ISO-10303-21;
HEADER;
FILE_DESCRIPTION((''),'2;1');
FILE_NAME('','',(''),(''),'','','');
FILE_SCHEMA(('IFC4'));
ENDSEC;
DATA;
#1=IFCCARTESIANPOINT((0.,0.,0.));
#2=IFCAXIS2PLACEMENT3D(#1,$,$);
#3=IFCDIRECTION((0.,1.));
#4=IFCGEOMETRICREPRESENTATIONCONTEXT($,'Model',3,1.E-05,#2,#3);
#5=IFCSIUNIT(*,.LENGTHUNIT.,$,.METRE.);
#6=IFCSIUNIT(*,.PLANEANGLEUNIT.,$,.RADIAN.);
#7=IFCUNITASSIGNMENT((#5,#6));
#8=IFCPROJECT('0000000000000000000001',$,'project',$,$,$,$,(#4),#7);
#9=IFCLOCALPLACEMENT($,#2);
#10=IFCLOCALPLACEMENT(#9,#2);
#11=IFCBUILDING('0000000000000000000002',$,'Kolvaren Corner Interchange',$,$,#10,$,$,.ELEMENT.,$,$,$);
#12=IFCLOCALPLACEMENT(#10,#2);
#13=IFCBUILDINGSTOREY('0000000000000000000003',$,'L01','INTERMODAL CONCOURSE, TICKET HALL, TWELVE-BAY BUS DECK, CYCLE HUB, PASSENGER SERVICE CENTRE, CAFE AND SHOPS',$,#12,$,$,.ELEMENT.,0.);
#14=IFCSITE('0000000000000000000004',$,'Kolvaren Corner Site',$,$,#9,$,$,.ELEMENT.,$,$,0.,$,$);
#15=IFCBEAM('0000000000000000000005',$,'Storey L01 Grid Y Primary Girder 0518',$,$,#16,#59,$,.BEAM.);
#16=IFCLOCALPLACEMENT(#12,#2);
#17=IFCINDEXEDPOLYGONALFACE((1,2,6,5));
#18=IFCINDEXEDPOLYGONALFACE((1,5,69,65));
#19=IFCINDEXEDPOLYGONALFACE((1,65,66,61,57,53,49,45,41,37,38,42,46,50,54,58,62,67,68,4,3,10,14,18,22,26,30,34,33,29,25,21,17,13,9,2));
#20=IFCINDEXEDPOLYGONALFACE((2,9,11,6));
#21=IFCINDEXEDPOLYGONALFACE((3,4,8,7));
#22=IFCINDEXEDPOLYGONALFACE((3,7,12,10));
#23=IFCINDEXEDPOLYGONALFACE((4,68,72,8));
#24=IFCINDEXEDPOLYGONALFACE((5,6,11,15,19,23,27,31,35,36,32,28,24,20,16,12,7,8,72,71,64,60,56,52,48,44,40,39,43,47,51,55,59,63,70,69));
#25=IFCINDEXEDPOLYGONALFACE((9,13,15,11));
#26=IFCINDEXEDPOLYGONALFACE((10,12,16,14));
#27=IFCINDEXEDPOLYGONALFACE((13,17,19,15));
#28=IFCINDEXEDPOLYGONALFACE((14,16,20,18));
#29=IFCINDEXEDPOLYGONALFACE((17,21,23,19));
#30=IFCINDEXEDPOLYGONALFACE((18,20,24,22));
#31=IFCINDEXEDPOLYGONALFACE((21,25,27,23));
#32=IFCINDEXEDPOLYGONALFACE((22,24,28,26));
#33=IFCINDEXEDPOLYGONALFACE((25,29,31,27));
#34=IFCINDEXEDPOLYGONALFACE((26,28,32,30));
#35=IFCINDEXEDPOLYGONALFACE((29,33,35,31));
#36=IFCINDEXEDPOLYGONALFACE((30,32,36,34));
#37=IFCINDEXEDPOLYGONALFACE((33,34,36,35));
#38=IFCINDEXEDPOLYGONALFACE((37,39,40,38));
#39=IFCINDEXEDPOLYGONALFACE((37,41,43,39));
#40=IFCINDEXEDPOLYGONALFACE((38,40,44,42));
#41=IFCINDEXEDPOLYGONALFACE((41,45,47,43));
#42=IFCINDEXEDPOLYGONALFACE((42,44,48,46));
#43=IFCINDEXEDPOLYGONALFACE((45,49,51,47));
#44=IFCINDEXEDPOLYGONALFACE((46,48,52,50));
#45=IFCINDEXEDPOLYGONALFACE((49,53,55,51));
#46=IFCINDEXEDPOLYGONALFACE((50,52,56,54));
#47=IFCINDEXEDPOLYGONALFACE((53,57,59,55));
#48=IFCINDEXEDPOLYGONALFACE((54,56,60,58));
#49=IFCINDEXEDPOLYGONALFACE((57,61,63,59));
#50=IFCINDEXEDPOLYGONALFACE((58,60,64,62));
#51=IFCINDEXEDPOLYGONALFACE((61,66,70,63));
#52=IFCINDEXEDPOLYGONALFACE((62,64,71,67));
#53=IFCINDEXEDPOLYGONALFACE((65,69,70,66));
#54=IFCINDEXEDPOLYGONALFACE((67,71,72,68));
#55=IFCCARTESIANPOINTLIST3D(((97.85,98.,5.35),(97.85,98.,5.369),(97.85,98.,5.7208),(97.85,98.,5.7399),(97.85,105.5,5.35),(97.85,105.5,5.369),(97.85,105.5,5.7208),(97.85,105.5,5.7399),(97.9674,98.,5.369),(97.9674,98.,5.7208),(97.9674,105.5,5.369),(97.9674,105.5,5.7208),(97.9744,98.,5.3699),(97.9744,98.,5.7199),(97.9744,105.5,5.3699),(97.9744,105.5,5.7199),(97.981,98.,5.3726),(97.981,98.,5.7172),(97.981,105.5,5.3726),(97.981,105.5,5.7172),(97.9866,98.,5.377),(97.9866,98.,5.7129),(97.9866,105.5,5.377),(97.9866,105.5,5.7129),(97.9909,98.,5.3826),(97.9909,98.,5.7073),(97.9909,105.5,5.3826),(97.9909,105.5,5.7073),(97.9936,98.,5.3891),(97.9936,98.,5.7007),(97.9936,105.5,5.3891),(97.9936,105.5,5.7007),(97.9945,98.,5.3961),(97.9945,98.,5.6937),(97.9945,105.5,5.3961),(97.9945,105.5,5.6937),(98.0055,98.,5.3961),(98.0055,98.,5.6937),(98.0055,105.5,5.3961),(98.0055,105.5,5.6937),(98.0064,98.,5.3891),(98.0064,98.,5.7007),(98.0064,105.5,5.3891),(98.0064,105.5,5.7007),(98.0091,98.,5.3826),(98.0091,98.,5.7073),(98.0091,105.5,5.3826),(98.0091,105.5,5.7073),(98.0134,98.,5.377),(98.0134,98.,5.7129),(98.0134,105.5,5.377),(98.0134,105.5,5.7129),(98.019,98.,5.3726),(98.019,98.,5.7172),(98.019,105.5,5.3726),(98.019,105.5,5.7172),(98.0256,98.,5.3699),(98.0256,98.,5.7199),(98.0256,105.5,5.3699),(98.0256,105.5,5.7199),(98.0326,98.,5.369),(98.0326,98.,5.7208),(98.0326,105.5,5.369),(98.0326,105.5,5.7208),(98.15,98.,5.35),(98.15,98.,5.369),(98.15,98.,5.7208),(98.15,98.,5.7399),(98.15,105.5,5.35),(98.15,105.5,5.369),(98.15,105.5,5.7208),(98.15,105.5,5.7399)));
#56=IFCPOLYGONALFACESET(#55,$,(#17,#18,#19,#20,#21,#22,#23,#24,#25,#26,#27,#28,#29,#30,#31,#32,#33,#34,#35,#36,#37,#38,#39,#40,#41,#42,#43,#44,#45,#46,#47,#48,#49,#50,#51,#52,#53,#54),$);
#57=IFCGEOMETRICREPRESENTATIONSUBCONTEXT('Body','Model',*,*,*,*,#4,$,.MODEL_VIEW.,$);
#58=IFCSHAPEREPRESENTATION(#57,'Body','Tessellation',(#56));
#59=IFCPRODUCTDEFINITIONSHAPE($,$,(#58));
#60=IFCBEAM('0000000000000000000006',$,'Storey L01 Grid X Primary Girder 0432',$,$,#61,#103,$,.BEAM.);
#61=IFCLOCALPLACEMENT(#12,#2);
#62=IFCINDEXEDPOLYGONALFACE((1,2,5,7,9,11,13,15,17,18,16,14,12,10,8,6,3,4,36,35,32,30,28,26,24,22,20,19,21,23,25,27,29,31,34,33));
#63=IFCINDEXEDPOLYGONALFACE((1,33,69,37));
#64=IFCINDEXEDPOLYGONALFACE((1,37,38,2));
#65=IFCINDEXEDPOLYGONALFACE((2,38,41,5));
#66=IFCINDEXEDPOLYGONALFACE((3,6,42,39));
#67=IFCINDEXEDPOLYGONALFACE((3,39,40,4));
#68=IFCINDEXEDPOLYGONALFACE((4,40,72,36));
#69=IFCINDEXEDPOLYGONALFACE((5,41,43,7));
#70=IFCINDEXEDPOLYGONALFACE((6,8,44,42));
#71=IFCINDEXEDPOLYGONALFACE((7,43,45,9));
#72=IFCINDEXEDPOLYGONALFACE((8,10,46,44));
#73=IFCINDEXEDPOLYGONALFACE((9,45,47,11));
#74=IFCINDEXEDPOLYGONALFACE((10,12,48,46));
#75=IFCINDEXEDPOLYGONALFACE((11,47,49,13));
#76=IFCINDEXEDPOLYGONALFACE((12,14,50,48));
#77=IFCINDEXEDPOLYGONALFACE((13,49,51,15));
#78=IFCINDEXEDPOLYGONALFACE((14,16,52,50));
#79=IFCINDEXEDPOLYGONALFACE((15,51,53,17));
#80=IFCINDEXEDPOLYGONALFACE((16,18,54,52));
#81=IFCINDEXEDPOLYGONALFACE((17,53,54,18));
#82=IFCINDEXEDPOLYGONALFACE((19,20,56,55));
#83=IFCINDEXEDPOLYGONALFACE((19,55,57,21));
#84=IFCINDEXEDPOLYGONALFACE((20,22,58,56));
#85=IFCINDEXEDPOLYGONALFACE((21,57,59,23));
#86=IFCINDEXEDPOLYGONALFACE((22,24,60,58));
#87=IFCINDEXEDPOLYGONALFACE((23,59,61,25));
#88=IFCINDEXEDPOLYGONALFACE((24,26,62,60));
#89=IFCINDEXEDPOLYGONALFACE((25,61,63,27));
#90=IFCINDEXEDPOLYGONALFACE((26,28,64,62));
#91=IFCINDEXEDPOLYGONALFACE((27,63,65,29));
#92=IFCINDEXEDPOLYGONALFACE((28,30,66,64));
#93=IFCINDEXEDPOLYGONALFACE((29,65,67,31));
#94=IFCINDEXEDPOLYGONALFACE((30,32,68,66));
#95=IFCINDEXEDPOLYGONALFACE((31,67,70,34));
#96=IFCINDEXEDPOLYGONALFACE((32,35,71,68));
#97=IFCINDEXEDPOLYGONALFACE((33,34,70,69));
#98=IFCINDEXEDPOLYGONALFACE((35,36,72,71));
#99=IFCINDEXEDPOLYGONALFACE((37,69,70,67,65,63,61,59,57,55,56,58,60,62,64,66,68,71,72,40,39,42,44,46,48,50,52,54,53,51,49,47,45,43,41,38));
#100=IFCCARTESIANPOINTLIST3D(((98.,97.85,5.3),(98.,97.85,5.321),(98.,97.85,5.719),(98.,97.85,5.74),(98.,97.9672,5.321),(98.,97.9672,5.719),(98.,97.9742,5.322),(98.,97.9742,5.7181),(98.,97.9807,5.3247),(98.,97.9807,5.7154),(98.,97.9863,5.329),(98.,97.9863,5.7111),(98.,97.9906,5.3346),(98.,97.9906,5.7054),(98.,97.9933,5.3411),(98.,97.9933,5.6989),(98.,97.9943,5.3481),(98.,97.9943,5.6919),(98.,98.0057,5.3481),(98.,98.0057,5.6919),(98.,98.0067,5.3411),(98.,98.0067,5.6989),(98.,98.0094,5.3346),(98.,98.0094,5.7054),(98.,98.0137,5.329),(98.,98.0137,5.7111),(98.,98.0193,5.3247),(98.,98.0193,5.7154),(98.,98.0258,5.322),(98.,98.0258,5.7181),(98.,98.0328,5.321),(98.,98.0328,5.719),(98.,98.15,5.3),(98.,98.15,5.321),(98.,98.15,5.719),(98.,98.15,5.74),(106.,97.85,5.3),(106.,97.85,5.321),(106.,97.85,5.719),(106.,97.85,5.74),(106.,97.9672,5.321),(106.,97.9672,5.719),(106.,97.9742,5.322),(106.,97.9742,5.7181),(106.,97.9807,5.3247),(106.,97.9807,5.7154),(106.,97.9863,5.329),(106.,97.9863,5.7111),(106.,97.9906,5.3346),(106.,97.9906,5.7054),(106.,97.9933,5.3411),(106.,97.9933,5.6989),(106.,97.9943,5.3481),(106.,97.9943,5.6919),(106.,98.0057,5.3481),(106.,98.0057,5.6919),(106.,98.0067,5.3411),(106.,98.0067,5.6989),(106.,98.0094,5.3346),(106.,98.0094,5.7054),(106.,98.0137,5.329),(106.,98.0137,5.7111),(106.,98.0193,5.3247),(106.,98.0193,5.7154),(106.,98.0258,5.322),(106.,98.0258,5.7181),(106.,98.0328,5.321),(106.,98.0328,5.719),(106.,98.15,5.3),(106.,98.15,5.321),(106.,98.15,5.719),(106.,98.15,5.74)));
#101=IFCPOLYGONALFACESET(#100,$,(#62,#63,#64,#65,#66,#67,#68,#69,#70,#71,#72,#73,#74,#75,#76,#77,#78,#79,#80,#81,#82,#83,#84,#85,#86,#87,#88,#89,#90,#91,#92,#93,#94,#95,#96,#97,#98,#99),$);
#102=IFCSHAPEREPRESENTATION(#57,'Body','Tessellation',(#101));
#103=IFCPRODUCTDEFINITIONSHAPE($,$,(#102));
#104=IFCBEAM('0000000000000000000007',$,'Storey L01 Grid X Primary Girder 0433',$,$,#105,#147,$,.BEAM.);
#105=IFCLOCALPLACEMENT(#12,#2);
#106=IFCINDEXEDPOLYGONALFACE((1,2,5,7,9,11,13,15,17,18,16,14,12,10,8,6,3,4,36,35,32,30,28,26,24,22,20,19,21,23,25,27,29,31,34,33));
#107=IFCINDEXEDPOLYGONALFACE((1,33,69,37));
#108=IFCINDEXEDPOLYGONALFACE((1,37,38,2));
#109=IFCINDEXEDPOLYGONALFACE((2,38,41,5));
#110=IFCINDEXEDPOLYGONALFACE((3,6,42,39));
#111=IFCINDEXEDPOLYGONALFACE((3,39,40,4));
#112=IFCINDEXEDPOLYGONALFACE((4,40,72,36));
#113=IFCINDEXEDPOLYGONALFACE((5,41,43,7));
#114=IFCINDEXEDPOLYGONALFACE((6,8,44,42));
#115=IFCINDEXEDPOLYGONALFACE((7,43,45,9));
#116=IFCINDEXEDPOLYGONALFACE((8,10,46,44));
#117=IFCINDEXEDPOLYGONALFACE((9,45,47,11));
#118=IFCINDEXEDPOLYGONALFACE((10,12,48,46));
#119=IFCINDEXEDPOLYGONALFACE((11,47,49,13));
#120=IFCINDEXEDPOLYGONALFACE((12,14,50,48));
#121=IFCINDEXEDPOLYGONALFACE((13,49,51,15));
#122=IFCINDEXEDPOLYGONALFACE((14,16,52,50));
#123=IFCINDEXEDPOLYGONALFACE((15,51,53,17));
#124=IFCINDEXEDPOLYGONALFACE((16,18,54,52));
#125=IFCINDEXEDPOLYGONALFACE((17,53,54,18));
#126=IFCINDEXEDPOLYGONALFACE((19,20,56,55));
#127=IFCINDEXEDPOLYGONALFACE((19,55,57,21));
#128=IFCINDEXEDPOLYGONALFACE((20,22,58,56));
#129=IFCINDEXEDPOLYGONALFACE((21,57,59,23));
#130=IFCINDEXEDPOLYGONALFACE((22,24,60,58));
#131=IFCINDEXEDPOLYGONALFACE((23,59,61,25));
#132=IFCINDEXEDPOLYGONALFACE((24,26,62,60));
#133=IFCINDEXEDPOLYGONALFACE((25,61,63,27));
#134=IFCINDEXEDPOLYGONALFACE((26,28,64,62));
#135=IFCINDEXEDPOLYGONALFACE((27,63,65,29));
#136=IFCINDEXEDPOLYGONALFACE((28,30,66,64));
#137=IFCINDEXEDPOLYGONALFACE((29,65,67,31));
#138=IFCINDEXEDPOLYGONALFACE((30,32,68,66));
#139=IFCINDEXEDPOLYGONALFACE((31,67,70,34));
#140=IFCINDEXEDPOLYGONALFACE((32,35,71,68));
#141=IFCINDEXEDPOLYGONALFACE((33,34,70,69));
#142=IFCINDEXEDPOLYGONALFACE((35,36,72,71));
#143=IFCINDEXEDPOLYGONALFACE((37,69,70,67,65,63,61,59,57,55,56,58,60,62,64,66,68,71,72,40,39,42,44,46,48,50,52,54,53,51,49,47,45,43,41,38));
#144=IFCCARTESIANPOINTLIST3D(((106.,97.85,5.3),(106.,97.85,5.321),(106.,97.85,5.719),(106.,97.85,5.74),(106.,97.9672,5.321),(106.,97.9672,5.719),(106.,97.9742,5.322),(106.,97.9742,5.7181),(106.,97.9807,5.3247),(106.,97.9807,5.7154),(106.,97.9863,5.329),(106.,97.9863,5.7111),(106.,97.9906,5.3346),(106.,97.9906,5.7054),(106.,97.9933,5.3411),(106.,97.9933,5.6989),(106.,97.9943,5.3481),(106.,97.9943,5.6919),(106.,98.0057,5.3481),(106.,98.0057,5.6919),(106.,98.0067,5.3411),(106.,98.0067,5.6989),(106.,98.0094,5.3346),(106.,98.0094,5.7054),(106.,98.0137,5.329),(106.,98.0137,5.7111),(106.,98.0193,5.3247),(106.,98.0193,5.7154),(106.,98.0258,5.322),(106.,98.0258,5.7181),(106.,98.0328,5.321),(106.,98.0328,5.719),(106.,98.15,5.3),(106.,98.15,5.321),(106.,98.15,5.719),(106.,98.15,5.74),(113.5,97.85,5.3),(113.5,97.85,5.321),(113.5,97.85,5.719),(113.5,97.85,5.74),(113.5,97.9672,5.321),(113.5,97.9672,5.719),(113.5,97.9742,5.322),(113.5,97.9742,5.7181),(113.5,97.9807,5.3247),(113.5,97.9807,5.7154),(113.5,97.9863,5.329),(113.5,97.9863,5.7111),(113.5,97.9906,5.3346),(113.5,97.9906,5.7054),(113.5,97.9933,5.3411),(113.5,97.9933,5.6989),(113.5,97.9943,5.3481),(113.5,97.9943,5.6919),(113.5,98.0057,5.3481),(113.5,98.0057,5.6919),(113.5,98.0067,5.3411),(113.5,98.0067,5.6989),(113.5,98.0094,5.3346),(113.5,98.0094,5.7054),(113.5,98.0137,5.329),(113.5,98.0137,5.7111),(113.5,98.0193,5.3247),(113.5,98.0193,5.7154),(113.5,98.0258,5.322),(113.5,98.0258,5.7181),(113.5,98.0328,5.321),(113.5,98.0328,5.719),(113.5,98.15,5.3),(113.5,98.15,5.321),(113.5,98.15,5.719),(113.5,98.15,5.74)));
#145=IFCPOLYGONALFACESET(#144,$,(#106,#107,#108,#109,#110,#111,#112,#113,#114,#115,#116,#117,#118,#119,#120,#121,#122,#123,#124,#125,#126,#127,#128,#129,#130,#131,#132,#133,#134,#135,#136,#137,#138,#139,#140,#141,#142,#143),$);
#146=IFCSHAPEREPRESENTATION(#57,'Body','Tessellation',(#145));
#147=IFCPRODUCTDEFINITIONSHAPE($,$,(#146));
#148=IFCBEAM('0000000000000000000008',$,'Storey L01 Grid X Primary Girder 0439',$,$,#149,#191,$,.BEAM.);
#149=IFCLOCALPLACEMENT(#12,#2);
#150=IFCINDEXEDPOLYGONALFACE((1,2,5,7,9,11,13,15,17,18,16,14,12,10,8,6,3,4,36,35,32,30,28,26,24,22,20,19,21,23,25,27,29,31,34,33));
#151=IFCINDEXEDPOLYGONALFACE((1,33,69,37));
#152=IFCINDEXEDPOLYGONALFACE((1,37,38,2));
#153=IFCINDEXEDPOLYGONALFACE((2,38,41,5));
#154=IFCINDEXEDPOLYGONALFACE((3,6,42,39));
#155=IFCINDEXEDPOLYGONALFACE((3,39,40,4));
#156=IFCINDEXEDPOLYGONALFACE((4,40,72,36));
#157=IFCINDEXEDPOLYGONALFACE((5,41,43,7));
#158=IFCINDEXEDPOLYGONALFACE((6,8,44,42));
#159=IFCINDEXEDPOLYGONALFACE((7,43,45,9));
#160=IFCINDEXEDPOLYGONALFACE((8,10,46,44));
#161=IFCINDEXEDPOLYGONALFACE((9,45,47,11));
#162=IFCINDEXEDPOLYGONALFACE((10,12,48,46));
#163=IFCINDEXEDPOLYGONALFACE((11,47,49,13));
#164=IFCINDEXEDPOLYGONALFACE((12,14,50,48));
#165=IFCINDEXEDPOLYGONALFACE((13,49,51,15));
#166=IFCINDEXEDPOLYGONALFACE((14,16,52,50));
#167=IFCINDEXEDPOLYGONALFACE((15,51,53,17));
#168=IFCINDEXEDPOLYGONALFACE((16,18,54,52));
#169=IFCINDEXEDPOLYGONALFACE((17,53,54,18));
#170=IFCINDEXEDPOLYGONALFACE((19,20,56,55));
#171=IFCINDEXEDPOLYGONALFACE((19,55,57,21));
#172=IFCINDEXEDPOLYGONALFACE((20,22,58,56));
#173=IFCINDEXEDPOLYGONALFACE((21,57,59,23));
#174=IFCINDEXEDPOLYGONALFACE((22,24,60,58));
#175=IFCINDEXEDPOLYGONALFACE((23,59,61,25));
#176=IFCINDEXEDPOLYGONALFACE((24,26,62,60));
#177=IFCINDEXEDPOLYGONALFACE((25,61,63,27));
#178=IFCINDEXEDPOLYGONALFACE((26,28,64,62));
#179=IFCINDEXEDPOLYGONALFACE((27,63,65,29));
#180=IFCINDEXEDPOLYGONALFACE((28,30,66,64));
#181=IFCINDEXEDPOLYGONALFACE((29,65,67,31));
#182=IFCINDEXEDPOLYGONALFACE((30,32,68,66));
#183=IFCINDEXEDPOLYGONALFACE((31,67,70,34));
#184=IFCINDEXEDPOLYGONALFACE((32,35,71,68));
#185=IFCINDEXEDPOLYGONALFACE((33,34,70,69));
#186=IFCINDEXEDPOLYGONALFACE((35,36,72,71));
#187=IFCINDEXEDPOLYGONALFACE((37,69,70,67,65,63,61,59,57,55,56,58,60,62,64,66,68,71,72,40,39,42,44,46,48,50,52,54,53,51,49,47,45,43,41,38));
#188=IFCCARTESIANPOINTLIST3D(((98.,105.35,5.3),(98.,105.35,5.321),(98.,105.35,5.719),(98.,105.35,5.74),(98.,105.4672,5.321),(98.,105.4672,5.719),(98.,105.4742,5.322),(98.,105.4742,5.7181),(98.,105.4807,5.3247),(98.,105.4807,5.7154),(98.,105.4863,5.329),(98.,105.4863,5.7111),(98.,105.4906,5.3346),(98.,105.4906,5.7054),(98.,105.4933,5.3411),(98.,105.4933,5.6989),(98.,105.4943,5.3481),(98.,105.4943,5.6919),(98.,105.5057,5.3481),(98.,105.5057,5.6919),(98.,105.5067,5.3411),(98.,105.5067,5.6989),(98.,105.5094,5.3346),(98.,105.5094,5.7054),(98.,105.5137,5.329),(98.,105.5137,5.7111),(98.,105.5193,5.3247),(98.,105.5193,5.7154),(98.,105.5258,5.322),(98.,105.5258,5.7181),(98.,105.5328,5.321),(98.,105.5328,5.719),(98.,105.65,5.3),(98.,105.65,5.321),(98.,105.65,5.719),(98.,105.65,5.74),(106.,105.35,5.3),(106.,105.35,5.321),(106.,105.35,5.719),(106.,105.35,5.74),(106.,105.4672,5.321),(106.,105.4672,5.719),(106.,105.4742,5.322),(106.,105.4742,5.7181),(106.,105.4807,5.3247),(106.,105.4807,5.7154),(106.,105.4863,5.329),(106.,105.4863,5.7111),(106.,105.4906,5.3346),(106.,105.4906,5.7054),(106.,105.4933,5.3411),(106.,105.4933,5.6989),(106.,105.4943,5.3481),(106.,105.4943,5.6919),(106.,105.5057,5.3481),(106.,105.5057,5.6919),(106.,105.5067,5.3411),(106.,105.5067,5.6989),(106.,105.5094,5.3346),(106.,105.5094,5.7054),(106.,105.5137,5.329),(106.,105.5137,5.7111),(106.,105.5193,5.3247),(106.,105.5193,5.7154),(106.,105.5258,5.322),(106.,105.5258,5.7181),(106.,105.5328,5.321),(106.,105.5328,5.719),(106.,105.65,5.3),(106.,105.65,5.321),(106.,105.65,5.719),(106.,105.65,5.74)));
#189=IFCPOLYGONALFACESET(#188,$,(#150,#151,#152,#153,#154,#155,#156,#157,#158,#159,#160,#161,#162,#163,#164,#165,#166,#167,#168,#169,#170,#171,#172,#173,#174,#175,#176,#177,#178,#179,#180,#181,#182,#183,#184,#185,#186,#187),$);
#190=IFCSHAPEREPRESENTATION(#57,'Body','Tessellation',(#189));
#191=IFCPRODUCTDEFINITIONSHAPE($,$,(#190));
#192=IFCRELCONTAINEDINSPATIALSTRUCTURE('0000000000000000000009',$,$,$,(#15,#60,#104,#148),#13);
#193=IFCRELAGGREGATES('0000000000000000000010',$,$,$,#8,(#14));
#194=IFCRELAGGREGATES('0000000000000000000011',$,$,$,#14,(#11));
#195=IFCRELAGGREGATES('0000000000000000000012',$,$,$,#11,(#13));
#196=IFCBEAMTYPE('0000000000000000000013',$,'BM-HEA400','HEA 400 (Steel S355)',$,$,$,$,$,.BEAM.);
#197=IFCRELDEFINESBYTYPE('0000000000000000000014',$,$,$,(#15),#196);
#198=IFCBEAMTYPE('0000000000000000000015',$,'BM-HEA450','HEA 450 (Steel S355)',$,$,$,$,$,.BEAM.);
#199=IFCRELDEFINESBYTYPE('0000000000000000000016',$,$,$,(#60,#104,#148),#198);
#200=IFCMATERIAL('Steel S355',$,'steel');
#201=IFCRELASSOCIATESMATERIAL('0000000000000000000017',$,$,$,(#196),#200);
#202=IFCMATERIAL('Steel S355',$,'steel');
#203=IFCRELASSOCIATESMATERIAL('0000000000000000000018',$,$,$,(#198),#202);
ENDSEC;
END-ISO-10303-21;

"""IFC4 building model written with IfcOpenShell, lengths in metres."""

from ifc_helpers import new_model, si_unit, direction, frame, origin, origin_2d, place, context, subcontext, project, spatial, i_section, extrude, material, material_profile, profile_set, type_object, element, save


model = new_model("IFC4")

# Units and contexts
model_context = context("Model", 3, precision=1e-05, world=origin(), true_north=direction((0.0, 1.0)))
body_context = subcontext(model_context, "Body", "Model", "MODEL_VIEW")
ifc_project = project(units=[si_unit("LENGTHUNIT", "METRE"), si_unit("PLANEANGLEUNIT", "RADIAN")], contexts=[model_context])

# Site, building, storey
site_placement = place(None, origin())
site = spatial("IfcSite", under=ifc_project, at=site_placement, Name="Kolvaren Corner Site", CompositionType="ELEMENT", RefElevation=0.0)
building_placement = place(site_placement, origin())
building = spatial("IfcBuilding", under=site, at=building_placement, Name="Kolvaren Corner Interchange", CompositionType="ELEMENT")
storey_placement = place(building_placement, origin())
storey = spatial("IfcBuildingStorey", under=building, at=storey_placement, Name="L01", Description="INTERMODAL CONCOURSE, TICKET HALL, TWELVE-BAY BUS DECK, CYCLE HUB, PASSENGER SERVICE CENTRE, CAFE AND SHOPS", CompositionType="ELEMENT", Elevation=0.0)

# Beams
ifc_material_1 = material(Name="Steel S355", Category="steel")
ifc_material_profile_1 = material_profile(ifc_material_1, i_section(OverallWidth=0.3, OverallDepth=0.3899, WebThickness=0.011, FlangeThickness=0.019, FilletRadius=0.0271, at=origin_2d()), Name="HEA 400")
ifc_profile_set_1 = profile_set([ifc_material_profile_1], Name="Steel S355")
beam_type_1 = type_object("IfcBeamType", Name="BM-HEA400", Description="HEA 400 (Steel S355)", PredefinedType="BEAM", material=ifc_profile_set_1)
beam_1_placement = place(storey_placement, frame((98.0, 98.0, 5.5449), z_axis=(0.0, 1.0, 0.0), x_axis=(-1.0, 0.0, 0.0)))
element("IfcBeam", 1, at=beam_1_placement, inside=storey, type_object=beam_type_1, Name="Storey L01 Grid Y Primary Girder 0518", PredefinedType="BEAM", context=body_context, shape_type="SweptSolid", body=[
    extrude(i_section(OverallWidth=0.3, OverallDepth=0.3899, WebThickness=0.011, FlangeThickness=0.019, FilletRadius=0.0271, at=origin_2d()), origin(), (0.0, 0.0, 1.0), 7.5),
])
ifc_material_2 = material(Name="Steel S355", Category="steel")
ifc_material_profile_2 = material_profile(ifc_material_2, i_section(OverallWidth=0.3, OverallDepth=0.4399, WebThickness=0.0115, FlangeThickness=0.021, FilletRadius=0.0271, at=origin_2d()), Name="HEA 450")
ifc_profile_set_2 = profile_set([ifc_material_profile_2], Name="Steel S355")
beam_type_2 = type_object("IfcBeamType", Name="BM-HEA450", Description="HEA 450 (Steel S355)", PredefinedType="BEAM", material=ifc_profile_set_2)
beam_2_placement = place(storey_placement, frame((98.0, 98.0, 5.52), z_axis=(1.0, 0.0, 0.0), x_axis=(0.0, 1.0, 0.0)))
element("IfcBeam", 2, at=beam_2_placement, inside=storey, type_object=beam_type_2, Name="Storey L01 Grid X Primary Girder 0432", PredefinedType="BEAM", context=body_context, shape_type="SweptSolid", body=[
    extrude(i_section(OverallWidth=0.3, OverallDepth=0.4399, WebThickness=0.0115, FlangeThickness=0.021, FilletRadius=0.0271, at=origin_2d()), origin(), (0.0, 0.0, 1.0), 8.0),
])
beam_3_placement = place(storey_placement, frame((106.0, 98.0, 5.52), z_axis=(1.0, 0.0, 0.0), x_axis=(0.0, 1.0, 0.0)))
element("IfcBeam", 3, at=beam_3_placement, inside=storey, type_object=beam_type_2, Name="Storey L01 Grid X Primary Girder 0433", PredefinedType="BEAM", context=body_context, shape_type="SweptSolid", body=[
    extrude(i_section(OverallWidth=0.3, OverallDepth=0.4399, WebThickness=0.0115, FlangeThickness=0.021, FilletRadius=0.0271, at=origin_2d()), origin(), (0.0, 0.0, 1.0), 7.5),
])
for number, where, z_axis, x_axis, name in (
    (4, (98.0, 105.5, 5.52), (1.0, 0.0, 0.0), (0.0, 1.0, 0.0), "Storey L01 Grid X Primary Girder 0439"),
):
    element("IfcBeam", number, at=place(storey_placement, frame(where, z_axis=z_axis, x_axis=x_axis)), inside=storey, type_object=beam_type_2, Name=name, PredefinedType="BEAM", context=body_context, shape_type="SweptSolid", body=[
        extrude(i_section(OverallWidth=0.3, OverallDepth=0.4399, WebThickness=0.0115, FlangeThickness=0.021, FilletRadius=0.0271, at=origin_2d()), origin(), (0.0, 0.0, 1.0), 8.0),
    ])

save(model, "model.ifc")
